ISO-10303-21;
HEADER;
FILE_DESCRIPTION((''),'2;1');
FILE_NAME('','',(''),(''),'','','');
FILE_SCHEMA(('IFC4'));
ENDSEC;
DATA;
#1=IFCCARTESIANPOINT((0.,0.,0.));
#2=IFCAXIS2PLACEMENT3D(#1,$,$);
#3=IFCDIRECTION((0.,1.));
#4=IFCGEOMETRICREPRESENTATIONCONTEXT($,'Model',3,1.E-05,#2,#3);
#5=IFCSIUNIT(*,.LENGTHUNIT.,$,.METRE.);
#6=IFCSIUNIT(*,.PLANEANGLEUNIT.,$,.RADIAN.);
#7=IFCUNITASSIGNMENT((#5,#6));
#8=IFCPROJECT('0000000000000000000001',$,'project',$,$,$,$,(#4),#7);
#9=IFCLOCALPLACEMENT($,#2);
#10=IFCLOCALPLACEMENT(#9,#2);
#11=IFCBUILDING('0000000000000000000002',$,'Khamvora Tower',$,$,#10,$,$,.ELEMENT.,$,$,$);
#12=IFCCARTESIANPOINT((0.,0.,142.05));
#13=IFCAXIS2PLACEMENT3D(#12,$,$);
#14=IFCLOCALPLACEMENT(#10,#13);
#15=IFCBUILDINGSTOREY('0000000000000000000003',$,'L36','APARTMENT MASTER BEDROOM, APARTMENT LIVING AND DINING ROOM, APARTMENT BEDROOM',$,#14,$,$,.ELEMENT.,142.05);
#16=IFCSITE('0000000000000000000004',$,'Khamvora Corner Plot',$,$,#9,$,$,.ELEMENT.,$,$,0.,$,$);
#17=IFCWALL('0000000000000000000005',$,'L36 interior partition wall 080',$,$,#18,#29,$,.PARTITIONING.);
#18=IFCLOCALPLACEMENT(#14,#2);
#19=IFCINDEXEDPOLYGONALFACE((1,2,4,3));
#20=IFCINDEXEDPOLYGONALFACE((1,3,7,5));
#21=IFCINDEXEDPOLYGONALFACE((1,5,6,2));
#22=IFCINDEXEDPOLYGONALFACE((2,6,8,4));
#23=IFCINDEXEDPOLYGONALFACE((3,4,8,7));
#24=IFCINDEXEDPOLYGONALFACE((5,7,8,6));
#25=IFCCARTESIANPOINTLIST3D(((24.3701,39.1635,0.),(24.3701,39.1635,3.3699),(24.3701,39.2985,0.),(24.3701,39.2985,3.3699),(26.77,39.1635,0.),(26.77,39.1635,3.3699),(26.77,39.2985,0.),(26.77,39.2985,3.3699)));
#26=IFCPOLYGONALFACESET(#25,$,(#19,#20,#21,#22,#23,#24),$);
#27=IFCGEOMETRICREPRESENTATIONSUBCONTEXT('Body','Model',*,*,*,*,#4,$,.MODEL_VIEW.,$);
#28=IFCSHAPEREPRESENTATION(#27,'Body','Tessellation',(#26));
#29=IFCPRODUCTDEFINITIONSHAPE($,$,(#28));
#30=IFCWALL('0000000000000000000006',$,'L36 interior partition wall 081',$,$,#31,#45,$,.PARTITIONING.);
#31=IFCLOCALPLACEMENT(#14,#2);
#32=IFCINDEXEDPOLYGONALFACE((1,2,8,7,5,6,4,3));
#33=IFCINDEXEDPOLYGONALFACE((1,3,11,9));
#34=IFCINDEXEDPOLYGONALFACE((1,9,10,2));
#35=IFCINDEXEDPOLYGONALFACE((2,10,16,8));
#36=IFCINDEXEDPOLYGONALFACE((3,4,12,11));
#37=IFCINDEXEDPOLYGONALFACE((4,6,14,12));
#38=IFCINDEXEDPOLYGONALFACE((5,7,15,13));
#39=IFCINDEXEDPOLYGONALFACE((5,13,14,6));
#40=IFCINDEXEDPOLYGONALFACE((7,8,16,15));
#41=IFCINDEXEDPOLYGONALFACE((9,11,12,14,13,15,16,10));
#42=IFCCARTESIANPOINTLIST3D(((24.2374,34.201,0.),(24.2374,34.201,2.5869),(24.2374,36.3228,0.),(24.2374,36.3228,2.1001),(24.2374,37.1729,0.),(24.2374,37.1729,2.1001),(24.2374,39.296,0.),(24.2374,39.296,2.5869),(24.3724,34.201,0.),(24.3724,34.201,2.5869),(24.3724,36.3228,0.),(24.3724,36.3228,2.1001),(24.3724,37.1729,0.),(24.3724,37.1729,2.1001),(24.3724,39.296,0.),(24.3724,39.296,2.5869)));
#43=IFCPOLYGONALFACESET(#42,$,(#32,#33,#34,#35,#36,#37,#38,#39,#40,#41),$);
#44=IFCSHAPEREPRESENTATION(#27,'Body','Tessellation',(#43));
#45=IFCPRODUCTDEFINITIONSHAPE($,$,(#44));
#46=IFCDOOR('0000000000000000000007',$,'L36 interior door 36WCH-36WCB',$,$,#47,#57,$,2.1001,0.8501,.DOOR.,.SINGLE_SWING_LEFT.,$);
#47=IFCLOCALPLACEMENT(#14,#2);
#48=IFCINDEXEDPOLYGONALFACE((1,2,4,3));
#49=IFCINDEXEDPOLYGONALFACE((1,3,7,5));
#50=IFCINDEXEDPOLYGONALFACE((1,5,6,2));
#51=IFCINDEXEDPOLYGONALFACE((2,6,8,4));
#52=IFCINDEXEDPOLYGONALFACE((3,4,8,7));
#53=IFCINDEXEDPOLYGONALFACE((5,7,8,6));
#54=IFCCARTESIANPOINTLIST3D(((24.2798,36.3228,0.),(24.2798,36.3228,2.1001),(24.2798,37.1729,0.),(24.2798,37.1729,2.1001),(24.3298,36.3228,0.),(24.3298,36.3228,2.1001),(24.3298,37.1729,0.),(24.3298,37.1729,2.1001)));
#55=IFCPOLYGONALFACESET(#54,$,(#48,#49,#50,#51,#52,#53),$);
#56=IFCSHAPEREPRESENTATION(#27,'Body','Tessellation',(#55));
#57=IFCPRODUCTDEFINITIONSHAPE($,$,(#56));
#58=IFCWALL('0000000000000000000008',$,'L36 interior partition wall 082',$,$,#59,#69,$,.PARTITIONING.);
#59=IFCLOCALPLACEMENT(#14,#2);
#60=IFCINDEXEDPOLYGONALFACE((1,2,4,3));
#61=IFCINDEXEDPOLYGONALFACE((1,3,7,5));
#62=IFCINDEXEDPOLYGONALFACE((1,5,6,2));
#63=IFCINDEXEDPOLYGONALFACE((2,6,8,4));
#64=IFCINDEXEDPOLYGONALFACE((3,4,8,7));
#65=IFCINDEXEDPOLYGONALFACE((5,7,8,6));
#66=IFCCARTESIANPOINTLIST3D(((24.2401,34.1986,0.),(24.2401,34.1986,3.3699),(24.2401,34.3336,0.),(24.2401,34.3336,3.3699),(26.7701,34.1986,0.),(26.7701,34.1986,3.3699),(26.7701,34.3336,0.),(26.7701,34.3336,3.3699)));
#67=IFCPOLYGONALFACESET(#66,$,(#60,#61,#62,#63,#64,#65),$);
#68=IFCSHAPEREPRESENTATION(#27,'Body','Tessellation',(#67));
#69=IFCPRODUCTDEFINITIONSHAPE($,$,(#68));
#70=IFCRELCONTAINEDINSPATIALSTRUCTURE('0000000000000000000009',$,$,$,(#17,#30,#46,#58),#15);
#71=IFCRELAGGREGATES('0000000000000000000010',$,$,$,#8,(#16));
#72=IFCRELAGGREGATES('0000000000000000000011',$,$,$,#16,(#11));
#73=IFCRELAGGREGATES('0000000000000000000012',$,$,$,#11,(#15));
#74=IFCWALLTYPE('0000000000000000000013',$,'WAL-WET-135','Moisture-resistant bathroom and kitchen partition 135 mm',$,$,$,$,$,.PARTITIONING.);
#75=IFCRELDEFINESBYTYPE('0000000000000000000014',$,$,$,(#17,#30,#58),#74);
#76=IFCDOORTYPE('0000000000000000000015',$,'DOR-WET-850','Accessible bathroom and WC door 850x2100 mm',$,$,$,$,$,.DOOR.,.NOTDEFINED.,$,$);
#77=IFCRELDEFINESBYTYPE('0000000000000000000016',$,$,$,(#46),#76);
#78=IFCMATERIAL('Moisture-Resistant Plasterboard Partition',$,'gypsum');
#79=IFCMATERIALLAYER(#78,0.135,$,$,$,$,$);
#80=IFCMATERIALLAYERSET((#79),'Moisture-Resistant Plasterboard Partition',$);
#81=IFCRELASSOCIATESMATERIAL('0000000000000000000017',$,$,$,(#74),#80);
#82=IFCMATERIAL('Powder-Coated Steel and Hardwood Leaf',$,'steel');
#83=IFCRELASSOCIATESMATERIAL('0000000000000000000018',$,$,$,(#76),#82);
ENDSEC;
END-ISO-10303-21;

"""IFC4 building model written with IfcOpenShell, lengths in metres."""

from ifc_helpers import new_model, si_unit, direction, frame, frame_2d, origin, place, context, subcontext, project, spatial, rectangle, extrude, material, layer, layer_set, type_object, element, fill, save


model = new_model("IFC4")

# Units and contexts
model_context = context("Model", 3, precision=1e-05, world=origin(), true_north=direction((0.0, 1.0)))
body_context = subcontext(model_context, "Body", "Model", "MODEL_VIEW")
ifc_project = project(units=[si_unit("LENGTHUNIT", "METRE"), si_unit("PLANEANGLEUNIT", "RADIAN")], contexts=[model_context])

# Site, building, storey
site_placement = place(None, origin())
site = spatial("IfcSite", under=ifc_project, at=site_placement, Name="Khamvora Corner Plot", CompositionType="ELEMENT", RefElevation=0.0)
building_placement = place(site_placement, origin())
building = spatial("IfcBuilding", under=site, at=building_placement, Name="Khamvora Tower", CompositionType="ELEMENT")
storey_placement = place(building_placement, frame((0.0, 0.0, 142.05)))
storey = spatial("IfcBuildingStorey", under=building, at=storey_placement, Name="L36", Description="APARTMENT MASTER BEDROOM, APARTMENT LIVING AND DINING ROOM, APARTMENT BEDROOM", CompositionType="ELEMENT", Elevation=142.05)

# Shared definitions
ifc_material_1 = material(Name="Powder-Coated Steel and Hardwood Leaf", Category="steel")

# Wall
ifc_material_2 = material(Name="Moisture-Resistant Plasterboard Partition", Category="gypsum")
ifc_layer_1 = layer(ifc_material_2, 0.135)
ifc_layer_set_1 = layer_set([ifc_layer_1], Name="Moisture-Resistant Plasterboard Partition")
wall_type_1 = type_object("IfcWallType", Name="WAL-WET-135", Description="Moisture-resistant bathroom and kitchen partition 135 mm", PredefinedType="PARTITIONING", material=ifc_layer_set_1)
wall_1_placement = place(storey_placement, frame((26.77, 39.231, 0.0), z_axis=(0.0, 0.0, 1.0), x_axis=(-1.0, 0.0, 0.0)))
element("IfcWall", 1, at=wall_1_placement, inside=storey, type_object=wall_type_1, Name="L36 interior partition wall 080", PredefinedType="PARTITIONING", context=body_context, shape_type="SweptSolid", body=[
    extrude(rectangle(XDim=2.3999, YDim=0.135, at=frame_2d((1.2, 0.0))), origin(), (0.0, 0.0, 1.0), 3.3699),
])

# Wall, opening, door
wall_2_placement = place(storey_placement, frame((24.3049, 39.2959, 0.0), z_axis=(0.0, 0.0, 1.0), x_axis=(0.0, -1.0, 0.0)))
wall_2 = element("IfcWall", 2, at=wall_2_placement, inside=storey, type_object=wall_type_1, Name="L36 interior partition wall 081", PredefinedType="PARTITIONING", context=body_context, shape_type="SweptSolid", body=[
    extrude(rectangle(XDim=5.095, YDim=0.135, at=frame_2d((2.5474, 0.0))), origin(), (0.0, 0.0, 1.0), 2.5869),
])
opening_1_placement = place(wall_2_placement, frame((2.123, 0.0, 0.0)))
opening_1 = element("IfcOpeningElement", 3, at=opening_1_placement, cuts=wall_2, PredefinedType="OPENING", context=body_context, shape_type="SweptSolid", body=[
    extrude(rectangle(XDim=0.8501, YDim=2.1001, at=frame_2d((0.425, 1.05))), frame((0.0, 0.0774, 0.0), z_axis=(0.0, -1.0, 0.0), x_axis=(1.0, 0.0, 0.0)), (0.0, 0.0, 1.0), 0.155),
])
door_type_1 = type_object("IfcDoorType", Name="DOR-WET-850", Description="Accessible bathroom and WC door 850x2100 mm", OperationType="NOTDEFINED", PredefinedType="DOOR", material=ifc_material_1)
door_1_placement = place(opening_1_placement, origin())
door_1 = element("IfcDoor", 4, at=door_1_placement, inside=storey, type_object=door_type_1, Name="L36 interior door 36WCH-36WCB", OperationType="SINGLE_SWING_LEFT", OverallHeight=2.1001, OverallWidth=0.8501, PredefinedType="DOOR", context=body_context, shape_type="SweptSolid", body=[
    extrude(rectangle(XDim=0.8501, YDim=2.1001, at=frame_2d((0.425, 1.05))), frame((0.0, 0.0249, 0.0), z_axis=(0.0, -1.0, 0.0), x_axis=(1.0, 0.0, 0.0)), (0.0, 0.0, 1.0), 0.05),
])
fill(opening_1, door_1)

# Wall
wall_3_placement = place(storey_placement, frame((24.24, 34.2661, 0.0), z_axis=(0.0, 0.0, 1.0), x_axis=(1.0, 0.0, 0.0)))
element("IfcWall", 5, at=wall_3_placement, inside=storey, type_object=wall_type_1, Name="L36 interior partition wall 082", PredefinedType="PARTITIONING", context=body_context, shape_type="SweptSolid", body=[
    extrude(rectangle(XDim=2.53, YDim=0.135, at=frame_2d((1.2651, 0.0))), origin(), (0.0, 0.0, 1.0), 3.3699),
])

save(model, "model.ifc")
